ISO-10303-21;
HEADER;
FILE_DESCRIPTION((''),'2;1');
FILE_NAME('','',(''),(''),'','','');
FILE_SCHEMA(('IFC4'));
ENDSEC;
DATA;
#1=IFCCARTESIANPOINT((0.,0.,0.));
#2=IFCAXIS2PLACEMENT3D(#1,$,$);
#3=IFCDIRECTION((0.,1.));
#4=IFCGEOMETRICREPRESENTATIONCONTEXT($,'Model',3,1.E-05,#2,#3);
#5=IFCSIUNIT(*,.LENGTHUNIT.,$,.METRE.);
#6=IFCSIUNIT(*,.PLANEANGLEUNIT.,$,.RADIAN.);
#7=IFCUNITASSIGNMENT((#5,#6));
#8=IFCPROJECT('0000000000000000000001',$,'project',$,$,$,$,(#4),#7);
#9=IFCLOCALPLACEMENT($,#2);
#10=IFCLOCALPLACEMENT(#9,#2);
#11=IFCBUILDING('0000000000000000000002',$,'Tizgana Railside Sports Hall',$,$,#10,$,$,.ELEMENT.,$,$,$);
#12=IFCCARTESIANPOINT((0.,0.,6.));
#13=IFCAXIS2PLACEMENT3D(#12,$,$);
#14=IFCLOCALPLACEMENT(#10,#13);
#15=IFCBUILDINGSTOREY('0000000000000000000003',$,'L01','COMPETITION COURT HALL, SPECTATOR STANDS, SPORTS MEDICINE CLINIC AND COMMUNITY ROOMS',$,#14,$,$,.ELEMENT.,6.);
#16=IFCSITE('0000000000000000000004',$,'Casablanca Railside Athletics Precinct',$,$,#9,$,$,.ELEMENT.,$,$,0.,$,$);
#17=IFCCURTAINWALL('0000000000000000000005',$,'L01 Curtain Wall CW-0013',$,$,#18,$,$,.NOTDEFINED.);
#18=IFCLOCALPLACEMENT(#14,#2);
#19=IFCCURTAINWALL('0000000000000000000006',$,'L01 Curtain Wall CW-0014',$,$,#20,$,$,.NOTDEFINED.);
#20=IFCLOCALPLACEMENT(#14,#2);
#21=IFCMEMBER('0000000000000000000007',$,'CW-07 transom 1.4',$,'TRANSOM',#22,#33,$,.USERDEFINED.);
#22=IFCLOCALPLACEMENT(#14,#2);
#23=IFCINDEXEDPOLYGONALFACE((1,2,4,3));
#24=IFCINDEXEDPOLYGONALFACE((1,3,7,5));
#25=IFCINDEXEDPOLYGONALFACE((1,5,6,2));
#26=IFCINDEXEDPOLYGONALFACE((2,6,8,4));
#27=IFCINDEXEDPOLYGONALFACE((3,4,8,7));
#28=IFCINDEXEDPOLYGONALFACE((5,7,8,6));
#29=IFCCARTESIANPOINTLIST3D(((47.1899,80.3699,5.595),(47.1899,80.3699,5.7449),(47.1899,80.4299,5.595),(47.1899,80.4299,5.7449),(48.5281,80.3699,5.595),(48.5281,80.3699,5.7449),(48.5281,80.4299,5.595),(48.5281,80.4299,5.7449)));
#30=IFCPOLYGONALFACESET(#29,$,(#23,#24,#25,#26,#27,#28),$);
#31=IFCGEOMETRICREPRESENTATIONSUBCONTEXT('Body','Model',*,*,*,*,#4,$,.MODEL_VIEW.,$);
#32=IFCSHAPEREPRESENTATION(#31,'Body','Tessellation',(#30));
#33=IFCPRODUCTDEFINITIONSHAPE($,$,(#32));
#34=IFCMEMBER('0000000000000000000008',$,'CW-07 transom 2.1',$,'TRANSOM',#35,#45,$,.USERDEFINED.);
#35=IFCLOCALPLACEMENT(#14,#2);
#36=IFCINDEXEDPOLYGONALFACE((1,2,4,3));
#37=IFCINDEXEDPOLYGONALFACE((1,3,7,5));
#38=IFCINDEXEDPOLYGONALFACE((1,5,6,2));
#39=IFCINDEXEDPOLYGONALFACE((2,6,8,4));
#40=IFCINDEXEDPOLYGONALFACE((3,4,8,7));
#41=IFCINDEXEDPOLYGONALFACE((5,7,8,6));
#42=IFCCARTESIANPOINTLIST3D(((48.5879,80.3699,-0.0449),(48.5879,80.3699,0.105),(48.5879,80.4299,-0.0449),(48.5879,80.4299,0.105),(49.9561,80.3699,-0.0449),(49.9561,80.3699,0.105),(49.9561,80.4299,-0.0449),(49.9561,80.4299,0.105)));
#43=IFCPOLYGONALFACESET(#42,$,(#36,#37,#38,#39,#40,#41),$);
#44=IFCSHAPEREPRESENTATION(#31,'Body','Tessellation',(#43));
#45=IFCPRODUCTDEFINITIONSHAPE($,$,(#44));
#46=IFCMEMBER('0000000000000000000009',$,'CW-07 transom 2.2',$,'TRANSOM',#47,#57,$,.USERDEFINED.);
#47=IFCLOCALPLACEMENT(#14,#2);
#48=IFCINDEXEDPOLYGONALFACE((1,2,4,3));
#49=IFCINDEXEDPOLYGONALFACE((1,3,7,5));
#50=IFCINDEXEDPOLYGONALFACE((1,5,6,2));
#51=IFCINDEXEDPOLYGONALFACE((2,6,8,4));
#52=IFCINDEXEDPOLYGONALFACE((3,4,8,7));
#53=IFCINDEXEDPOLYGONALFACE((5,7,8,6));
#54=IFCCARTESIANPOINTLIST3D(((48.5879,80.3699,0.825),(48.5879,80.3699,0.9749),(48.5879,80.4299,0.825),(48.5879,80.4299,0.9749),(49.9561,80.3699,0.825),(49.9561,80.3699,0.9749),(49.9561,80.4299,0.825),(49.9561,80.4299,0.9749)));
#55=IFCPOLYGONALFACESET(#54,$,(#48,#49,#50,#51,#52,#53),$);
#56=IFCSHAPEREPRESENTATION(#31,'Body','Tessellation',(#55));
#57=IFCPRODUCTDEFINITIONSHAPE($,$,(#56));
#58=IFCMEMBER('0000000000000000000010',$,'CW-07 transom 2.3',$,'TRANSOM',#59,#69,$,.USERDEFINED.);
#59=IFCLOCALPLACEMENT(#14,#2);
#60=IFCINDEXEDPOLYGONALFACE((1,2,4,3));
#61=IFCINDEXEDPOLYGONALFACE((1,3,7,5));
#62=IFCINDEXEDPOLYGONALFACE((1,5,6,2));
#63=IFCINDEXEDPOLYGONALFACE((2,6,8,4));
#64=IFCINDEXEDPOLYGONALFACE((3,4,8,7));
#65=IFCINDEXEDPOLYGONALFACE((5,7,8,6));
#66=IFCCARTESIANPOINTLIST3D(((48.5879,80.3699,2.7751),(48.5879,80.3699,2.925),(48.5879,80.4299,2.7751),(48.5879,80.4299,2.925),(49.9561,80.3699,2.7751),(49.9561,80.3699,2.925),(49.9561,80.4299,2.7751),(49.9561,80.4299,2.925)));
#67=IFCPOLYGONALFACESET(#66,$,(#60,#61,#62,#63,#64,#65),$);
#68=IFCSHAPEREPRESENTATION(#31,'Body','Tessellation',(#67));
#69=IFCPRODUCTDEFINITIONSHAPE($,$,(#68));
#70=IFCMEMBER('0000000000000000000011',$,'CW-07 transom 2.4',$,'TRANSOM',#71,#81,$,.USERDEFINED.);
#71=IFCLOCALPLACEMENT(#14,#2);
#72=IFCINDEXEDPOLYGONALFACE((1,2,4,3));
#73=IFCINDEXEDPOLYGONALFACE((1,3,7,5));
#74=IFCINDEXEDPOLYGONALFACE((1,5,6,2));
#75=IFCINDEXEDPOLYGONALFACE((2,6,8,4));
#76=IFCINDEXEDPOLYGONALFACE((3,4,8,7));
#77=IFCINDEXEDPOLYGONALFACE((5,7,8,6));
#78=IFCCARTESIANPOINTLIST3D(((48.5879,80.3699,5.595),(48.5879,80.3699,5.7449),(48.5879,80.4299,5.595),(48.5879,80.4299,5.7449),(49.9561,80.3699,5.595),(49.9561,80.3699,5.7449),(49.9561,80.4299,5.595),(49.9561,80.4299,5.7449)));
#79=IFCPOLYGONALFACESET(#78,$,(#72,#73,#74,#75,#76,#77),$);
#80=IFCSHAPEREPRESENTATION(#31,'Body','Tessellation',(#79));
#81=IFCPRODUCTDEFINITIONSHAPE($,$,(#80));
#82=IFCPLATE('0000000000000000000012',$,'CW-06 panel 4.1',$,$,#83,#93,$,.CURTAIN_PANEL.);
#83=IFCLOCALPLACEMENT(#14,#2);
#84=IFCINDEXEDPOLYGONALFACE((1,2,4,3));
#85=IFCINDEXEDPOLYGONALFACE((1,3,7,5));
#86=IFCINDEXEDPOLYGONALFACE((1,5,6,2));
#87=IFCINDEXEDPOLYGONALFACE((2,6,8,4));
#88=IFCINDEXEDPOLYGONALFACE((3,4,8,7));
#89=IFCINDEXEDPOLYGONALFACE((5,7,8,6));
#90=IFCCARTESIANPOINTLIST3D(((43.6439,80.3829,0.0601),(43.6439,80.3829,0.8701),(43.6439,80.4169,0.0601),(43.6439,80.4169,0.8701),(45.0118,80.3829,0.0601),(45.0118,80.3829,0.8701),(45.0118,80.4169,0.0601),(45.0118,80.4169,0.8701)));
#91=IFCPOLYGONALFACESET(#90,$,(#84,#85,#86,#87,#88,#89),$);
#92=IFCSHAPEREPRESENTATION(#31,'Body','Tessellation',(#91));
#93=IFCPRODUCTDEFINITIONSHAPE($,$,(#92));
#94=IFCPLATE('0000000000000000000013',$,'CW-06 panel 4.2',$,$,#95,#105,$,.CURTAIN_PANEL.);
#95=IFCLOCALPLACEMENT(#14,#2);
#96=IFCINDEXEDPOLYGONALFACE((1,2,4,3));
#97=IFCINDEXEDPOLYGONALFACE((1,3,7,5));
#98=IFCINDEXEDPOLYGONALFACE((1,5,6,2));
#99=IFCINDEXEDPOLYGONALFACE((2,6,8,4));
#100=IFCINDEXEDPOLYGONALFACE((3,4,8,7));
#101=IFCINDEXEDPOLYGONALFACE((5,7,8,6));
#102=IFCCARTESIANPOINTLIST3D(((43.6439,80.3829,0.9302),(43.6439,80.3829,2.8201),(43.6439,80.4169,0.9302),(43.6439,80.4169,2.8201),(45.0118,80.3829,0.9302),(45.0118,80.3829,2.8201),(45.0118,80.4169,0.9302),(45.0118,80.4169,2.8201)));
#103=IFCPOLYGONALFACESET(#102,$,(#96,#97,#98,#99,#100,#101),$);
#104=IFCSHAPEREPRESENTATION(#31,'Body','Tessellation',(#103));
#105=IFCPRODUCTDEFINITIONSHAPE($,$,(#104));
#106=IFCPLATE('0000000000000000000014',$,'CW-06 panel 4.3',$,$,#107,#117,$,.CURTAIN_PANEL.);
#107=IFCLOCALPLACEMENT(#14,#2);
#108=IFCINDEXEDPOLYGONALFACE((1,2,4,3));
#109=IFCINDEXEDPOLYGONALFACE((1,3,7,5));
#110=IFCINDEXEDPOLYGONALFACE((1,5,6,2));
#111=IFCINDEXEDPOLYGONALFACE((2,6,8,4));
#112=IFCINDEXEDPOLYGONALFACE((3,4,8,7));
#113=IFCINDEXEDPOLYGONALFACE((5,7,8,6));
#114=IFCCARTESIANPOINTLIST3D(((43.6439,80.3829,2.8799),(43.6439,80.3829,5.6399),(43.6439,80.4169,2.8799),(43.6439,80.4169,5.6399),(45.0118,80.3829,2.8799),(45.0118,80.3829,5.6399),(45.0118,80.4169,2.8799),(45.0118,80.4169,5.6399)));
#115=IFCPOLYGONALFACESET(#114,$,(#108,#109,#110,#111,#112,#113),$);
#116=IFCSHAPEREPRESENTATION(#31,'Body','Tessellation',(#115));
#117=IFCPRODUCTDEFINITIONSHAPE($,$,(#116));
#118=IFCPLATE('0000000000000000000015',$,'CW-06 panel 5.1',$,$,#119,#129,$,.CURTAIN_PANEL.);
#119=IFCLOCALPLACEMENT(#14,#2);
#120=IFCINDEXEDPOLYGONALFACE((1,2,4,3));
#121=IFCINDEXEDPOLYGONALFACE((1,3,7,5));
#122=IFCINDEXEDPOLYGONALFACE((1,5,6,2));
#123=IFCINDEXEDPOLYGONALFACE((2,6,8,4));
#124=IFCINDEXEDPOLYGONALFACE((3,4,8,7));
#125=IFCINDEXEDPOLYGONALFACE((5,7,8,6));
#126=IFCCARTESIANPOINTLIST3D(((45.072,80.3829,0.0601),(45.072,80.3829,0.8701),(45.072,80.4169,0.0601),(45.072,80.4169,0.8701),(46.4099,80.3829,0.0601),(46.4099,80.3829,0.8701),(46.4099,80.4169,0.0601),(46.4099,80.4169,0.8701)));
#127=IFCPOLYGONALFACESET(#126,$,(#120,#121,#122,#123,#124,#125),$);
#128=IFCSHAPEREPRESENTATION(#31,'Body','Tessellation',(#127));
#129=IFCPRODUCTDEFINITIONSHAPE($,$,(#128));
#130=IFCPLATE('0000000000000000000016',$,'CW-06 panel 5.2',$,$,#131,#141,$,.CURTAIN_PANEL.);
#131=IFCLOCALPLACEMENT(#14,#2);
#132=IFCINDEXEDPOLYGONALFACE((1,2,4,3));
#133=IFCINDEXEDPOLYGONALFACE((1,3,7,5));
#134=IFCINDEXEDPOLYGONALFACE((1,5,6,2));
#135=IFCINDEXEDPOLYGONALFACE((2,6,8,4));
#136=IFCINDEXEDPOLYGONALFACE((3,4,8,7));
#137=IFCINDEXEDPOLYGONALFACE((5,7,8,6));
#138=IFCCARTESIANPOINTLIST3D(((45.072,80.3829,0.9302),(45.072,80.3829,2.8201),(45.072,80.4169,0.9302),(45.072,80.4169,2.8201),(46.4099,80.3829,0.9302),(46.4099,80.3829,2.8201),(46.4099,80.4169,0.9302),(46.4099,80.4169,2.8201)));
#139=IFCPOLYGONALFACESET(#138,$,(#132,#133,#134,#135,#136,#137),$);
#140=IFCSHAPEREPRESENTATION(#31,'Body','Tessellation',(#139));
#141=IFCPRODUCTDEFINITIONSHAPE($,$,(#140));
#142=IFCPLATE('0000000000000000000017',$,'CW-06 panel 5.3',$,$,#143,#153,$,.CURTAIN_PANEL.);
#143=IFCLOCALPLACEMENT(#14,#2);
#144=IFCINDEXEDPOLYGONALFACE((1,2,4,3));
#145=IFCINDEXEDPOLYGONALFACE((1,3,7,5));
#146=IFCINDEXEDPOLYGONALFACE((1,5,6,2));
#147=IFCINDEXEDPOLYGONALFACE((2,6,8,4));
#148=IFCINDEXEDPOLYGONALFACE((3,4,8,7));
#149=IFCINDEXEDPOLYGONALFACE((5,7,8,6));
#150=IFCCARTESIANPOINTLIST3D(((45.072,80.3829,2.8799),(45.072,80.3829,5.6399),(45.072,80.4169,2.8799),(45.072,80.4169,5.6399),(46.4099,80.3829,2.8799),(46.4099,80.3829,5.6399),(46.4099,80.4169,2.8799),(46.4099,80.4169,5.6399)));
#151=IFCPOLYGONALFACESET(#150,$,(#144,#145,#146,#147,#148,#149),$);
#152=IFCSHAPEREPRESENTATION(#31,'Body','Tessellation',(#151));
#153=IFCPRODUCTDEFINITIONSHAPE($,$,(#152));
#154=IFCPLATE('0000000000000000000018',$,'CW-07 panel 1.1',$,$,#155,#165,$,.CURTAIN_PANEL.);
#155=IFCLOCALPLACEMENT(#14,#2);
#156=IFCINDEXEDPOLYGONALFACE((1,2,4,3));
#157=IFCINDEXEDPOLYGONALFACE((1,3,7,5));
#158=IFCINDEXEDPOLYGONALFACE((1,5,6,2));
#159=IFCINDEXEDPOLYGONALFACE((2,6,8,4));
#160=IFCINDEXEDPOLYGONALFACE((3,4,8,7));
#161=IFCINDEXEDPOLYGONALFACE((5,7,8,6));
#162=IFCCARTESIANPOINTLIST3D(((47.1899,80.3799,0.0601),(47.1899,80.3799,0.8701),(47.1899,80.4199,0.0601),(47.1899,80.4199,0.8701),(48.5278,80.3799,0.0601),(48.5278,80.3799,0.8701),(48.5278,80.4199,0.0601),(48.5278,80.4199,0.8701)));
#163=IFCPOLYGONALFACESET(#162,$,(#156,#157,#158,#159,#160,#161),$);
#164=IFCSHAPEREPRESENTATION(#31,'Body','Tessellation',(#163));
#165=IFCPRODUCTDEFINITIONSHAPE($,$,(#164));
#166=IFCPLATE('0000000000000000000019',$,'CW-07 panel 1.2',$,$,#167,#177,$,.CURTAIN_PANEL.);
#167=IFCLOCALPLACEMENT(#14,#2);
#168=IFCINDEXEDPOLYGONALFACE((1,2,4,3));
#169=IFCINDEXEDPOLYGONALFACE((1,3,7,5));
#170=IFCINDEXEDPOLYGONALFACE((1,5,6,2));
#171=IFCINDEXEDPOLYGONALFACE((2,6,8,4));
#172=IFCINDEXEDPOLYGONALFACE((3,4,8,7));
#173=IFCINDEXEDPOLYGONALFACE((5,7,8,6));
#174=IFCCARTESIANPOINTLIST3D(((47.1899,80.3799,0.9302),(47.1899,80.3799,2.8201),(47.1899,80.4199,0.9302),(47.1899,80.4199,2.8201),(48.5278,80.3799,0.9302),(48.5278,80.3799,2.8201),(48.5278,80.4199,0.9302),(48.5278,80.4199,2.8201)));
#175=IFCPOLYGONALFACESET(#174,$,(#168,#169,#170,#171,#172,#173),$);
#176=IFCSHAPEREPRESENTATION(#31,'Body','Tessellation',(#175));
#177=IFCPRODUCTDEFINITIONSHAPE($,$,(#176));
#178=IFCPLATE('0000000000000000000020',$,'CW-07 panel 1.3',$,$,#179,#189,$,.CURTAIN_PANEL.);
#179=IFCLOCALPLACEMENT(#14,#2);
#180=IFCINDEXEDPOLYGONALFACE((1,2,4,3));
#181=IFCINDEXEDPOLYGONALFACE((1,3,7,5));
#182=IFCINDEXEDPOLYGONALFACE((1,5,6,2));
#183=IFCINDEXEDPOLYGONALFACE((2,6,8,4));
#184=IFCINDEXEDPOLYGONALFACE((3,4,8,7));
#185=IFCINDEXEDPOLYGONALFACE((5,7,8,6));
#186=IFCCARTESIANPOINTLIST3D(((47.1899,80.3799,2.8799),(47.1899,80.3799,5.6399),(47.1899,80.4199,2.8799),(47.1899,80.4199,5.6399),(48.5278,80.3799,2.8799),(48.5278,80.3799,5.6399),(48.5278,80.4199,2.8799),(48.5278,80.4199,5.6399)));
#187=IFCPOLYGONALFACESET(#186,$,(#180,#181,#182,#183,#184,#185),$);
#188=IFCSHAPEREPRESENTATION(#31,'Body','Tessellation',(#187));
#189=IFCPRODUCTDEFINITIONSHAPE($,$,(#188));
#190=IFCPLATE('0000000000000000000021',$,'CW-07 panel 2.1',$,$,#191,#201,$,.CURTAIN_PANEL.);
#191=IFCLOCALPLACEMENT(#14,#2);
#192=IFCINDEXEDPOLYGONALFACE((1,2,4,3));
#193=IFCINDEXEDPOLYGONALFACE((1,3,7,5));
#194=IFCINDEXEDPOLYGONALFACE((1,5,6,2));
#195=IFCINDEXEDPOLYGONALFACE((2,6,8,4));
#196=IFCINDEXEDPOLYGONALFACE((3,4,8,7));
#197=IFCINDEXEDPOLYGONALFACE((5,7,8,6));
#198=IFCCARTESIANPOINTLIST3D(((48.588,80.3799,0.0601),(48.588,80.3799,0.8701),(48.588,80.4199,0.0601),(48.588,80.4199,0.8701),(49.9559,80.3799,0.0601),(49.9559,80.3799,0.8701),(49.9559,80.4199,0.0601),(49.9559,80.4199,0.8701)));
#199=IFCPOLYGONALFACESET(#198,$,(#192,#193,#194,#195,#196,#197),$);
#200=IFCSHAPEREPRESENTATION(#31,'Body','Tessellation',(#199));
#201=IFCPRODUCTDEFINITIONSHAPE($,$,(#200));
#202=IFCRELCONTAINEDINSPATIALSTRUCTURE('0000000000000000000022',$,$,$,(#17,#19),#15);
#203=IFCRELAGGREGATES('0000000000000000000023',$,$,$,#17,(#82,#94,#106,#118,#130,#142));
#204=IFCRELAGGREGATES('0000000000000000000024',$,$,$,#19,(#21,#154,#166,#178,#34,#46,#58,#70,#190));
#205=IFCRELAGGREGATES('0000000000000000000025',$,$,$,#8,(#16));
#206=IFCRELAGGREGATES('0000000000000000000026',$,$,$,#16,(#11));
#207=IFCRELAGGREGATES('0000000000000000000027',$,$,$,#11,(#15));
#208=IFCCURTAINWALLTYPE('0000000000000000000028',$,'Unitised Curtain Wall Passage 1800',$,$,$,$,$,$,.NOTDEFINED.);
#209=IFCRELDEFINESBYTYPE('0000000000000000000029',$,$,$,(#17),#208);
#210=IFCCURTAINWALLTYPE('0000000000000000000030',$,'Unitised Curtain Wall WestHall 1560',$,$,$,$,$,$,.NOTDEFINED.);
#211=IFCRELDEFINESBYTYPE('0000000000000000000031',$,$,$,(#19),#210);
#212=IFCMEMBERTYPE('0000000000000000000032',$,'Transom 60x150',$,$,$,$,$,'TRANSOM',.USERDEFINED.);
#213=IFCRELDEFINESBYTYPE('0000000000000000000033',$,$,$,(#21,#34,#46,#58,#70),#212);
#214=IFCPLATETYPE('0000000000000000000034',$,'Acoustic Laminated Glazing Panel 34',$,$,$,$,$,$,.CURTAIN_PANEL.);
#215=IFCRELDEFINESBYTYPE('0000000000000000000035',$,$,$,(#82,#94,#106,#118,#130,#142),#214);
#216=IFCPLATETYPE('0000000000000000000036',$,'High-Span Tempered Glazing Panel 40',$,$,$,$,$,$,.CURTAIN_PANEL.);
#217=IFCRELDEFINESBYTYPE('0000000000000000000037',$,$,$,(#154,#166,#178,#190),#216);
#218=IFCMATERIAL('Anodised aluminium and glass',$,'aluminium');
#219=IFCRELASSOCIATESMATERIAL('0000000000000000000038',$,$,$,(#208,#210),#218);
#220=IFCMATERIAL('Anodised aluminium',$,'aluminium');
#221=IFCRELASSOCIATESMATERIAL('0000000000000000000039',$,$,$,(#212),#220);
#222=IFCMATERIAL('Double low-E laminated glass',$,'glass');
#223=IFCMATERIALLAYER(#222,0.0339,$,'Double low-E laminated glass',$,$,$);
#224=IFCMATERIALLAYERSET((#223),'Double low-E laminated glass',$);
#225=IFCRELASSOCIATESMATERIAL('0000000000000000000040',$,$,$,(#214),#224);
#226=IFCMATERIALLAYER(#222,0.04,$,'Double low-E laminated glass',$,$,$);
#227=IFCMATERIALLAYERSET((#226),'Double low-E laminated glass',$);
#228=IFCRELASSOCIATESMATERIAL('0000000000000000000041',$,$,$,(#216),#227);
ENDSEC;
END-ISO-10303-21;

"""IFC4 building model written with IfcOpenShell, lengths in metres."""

from ifc_helpers import new_model, si_unit, direction, frame, origin, origin_2d, place, context, subcontext, project, spatial, rectangle, extrude, material, layer, layer_set, material_profile, profile_set, type_object, element, aggregate, save


model = new_model("IFC4")

# Units and contexts
model_context = context("Model", 3, precision=1e-05, world=origin(), true_north=direction((0.0, 1.0)))
body_context = subcontext(model_context, "Body", "Model", "MODEL_VIEW")
ifc_project = project(units=[si_unit("LENGTHUNIT", "METRE"), si_unit("PLANEANGLEUNIT", "RADIAN")], contexts=[model_context])

# Site, building, storey
site_placement = place(None, origin())
site = spatial("IfcSite", under=ifc_project, at=site_placement, Name="Casablanca Railside Athletics Precinct", CompositionType="ELEMENT", RefElevation=0.0)
building_placement = place(site_placement, origin())
building = spatial("IfcBuilding", under=site, at=building_placement, Name="Tizgana Railside Sports Hall", CompositionType="ELEMENT")
storey_placement = place(building_placement, frame((0.0, 0.0, 6.0)))
storey = spatial("IfcBuildingStorey", under=building, at=storey_placement, Name="L01", Description="COMPETITION COURT HALL, SPECTATOR STANDS, SPORTS MEDICINE CLINIC AND COMMUNITY ROOMS", CompositionType="ELEMENT", Elevation=6.0)

# Curtain walls
ifc_material_1 = material(Name="Anodised aluminium and glass", Category="aluminium")
curtain_wall_type_1 = type_object("IfcCurtainWallType", Name="Unitised Curtain Wall Passage 1800", PredefinedType="NOTDEFINED", material=ifc_material_1)
curtain_wall_1_placement = place(storey_placement, origin())
curtain_wall_1 = element("IfcCurtainWall", 1, at=curtain_wall_1_placement, inside=storey, type_object=curtain_wall_type_1, Name="L01 Curtain Wall CW-0013", PredefinedType="NOTDEFINED")
ifc_material_2 = material(Name="Anodised aluminium", Category="aluminium")
curtain_wall_type_2 = type_object("IfcCurtainWallType", Name="Unitised Curtain Wall WestHall 1560", PredefinedType="NOTDEFINED", material=ifc_material_1)
curtain_wall_2_placement = place(storey_placement, origin())
curtain_wall_2 = element("IfcCurtainWall", 2, at=curtain_wall_2_placement, inside=storey, type_object=curtain_wall_type_2, Name="L01 Curtain Wall CW-0014", PredefinedType="NOTDEFINED")

# Members
ifc_material_profile_1 = material_profile(ifc_material_2, rectangle(XDim=0.0601, YDim=0.1499, at=origin_2d()), Name="Transom 60x150")
ifc_profile_set_1 = profile_set([ifc_material_profile_1], Name="Anodised aluminium")
member_type_1 = type_object("IfcMemberType", Name="Transom 60x150", ElementType="TRANSOM", PredefinedType="USERDEFINED", material=ifc_profile_set_1)
member_1_placement = place(storey_placement, frame((47.1899, 80.3999, 5.6699), z_axis=(1.0, 0.0, 0.0), x_axis=(0.0, 1.0, 0.0)))
member_1 = element("IfcMember", 3, at=member_1_placement, type_object=member_type_1, Name="CW-07 transom 1.4", ObjectType="TRANSOM", PredefinedType="USERDEFINED", context=body_context, shape_type="SweptSolid", body=[
    extrude(rectangle(XDim=0.0601, YDim=0.1499, at=origin_2d()), origin(), (0.0, 0.0, 1.0), 1.3381),
])
member_2_placement = place(storey_placement, frame((48.5879, 80.3999, 0.03), z_axis=(1.0, 0.0, 0.0), x_axis=(0.0, 1.0, 0.0)))
member_2 = element("IfcMember", 4, at=member_2_placement, type_object=member_type_1, Name="CW-07 transom 2.1", ObjectType="TRANSOM", PredefinedType="USERDEFINED", context=body_context, shape_type="SweptSolid", body=[
    extrude(rectangle(XDim=0.0601, YDim=0.1499, at=origin_2d()), origin(), (0.0, 0.0, 1.0), 1.3682),
])
member_3_placement = place(storey_placement, frame((48.5879, 80.3999, 0.8999), z_axis=(1.0, 0.0, 0.0), x_axis=(0.0, 1.0, 0.0)))
member_3 = element("IfcMember", 5, at=member_3_placement, type_object=member_type_1, Name="CW-07 transom 2.2", ObjectType="TRANSOM", PredefinedType="USERDEFINED", context=body_context, shape_type="SweptSolid", body=[
    extrude(rectangle(XDim=0.0601, YDim=0.1499, at=origin_2d()), origin(), (0.0, 0.0, 1.0), 1.3682),
])
member_4_placement = place(storey_placement, frame((48.5879, 80.3999, 2.8501), z_axis=(1.0, 0.0, 0.0), x_axis=(0.0, 1.0, 0.0)))
member_4 = element("IfcMember", 6, at=member_4_placement, type_object=member_type_1, Name="CW-07 transom 2.3", ObjectType="TRANSOM", PredefinedType="USERDEFINED", context=body_context, shape_type="SweptSolid", body=[
    extrude(rectangle(XDim=0.0601, YDim=0.1499, at=origin_2d()), origin(), (0.0, 0.0, 1.0), 1.3682),
])
member_5_placement = place(storey_placement, frame((48.5879, 80.3999, 5.6699), z_axis=(1.0, 0.0, 0.0), x_axis=(0.0, 1.0, 0.0)))
member_5 = element("IfcMember", 7, at=member_5_placement, type_object=member_type_1, Name="CW-07 transom 2.4", ObjectType="TRANSOM", PredefinedType="USERDEFINED", context=body_context, shape_type="SweptSolid", body=[
    extrude(rectangle(XDim=0.0601, YDim=0.1499, at=origin_2d()), origin(), (0.0, 0.0, 1.0), 1.3682),
])

# Plates
ifc_material_3 = material(Name="Double low-E laminated glass", Category="glass")
ifc_layer_1 = layer(ifc_material_3, 0.0339, Name="Double low-E laminated glass")
ifc_layer_set_1 = layer_set([ifc_layer_1], Name="Double low-E laminated glass")
plate_type_1 = type_object("IfcPlateType", Name="Acoustic Laminated Glazing Panel 34", PredefinedType="CURTAIN_PANEL", material=ifc_layer_set_1)
plate_1_placement = place(storey_placement, frame((44.3279, 80.3999, 0.0601), z_axis=(0.0, 0.0, 1.0), x_axis=(1.0, 0.0, 0.0)))
plate_1 = element("IfcPlate", 8, at=plate_1_placement, type_object=plate_type_1, Name="CW-06 panel 4.1", PredefinedType="CURTAIN_PANEL", context=body_context, shape_type="SweptSolid", body=[
    extrude(rectangle(XDim=1.3679, YDim=0.0339, at=origin_2d()), origin(), (0.0, 0.0, 1.0), 0.8101),
])
plate_2_placement = place(storey_placement, frame((44.3279, 80.3999, 0.9302), z_axis=(0.0, 0.0, 1.0), x_axis=(1.0, 0.0, 0.0)))
plate_2 = element("IfcPlate", 9, at=plate_2_placement, type_object=plate_type_1, Name="CW-06 panel 4.2", PredefinedType="CURTAIN_PANEL", context=body_context, shape_type="SweptSolid", body=[
    extrude(rectangle(XDim=1.3679, YDim=0.0339, at=origin_2d()), origin(), (0.0, 0.0, 1.0), 1.8899),
])
plate_3_placement = place(storey_placement, frame((44.3279, 80.3999, 2.8799), z_axis=(0.0, 0.0, 1.0), x_axis=(1.0, 0.0, 0.0)))
plate_3 = element("IfcPlate", 10, at=plate_3_placement, type_object=plate_type_1, Name="CW-06 panel 4.3", PredefinedType="CURTAIN_PANEL", context=body_context, shape_type="SweptSolid", body=[
    extrude(rectangle(XDim=1.3679, YDim=0.0339, at=origin_2d()), origin(), (0.0, 0.0, 1.0), 2.76),
])
plate_4_placement = place(storey_placement, frame((45.741, 80.3999, 0.0601), z_axis=(0.0, 0.0, 1.0), x_axis=(1.0, 0.0, 0.0)))
plate_4 = element("IfcPlate", 11, at=plate_4_placement, type_object=plate_type_1, Name="CW-06 panel 5.1", PredefinedType="CURTAIN_PANEL", context=body_context, shape_type="SweptSolid", body=[
    extrude(rectangle(XDim=1.3379, YDim=0.0339, at=origin_2d()), origin(), (0.0, 0.0, 1.0), 0.8101),
])
plate_5_placement = place(storey_placement, frame((45.741, 80.3999, 0.9302), z_axis=(0.0, 0.0, 1.0), x_axis=(1.0, 0.0, 0.0)))
plate_5 = element("IfcPlate", 12, at=plate_5_placement, type_object=plate_type_1, Name="CW-06 panel 5.2", PredefinedType="CURTAIN_PANEL", context=body_context, shape_type="SweptSolid", body=[
    extrude(rectangle(XDim=1.3379, YDim=0.0339, at=origin_2d()), origin(), (0.0, 0.0, 1.0), 1.8899),
])
plate_6_placement = place(storey_placement, frame((45.741, 80.3999, 2.8799), z_axis=(0.0, 0.0, 1.0), x_axis=(1.0, 0.0, 0.0)))
plate_6 = element("IfcPlate", 13, at=plate_6_placement, type_object=plate_type_1, Name="CW-06 panel 5.3", PredefinedType="CURTAIN_PANEL", context=body_context, shape_type="SweptSolid", body=[
    extrude(rectangle(XDim=1.3379, YDim=0.0339, at=origin_2d()), origin(), (0.0, 0.0, 1.0), 2.76),
])
aggregate(curtain_wall_1, [plate_1, plate_2, plate_3, plate_4, plate_5, plate_6])
ifc_layer_2 = layer(ifc_material_3, 0.04, Name="Double low-E laminated glass")
ifc_layer_set_2 = layer_set([ifc_layer_2], Name="Double low-E laminated glass")
plate_type_2 = type_object("IfcPlateType", Name="High-Span Tempered Glazing Panel 40", PredefinedType="CURTAIN_PANEL", material=ifc_layer_set_2)
plate_7_placement = place(storey_placement, frame((47.8589, 80.3999, 0.0601), z_axis=(0.0, 0.0, 1.0), x_axis=(1.0, 0.0, 0.0)))
plate_7 = element("IfcPlate", 14, at=plate_7_placement, type_object=plate_type_2, Name="CW-07 panel 1.1", PredefinedType="CURTAIN_PANEL", context=body_context, shape_type="SweptSolid", body=[
    extrude(rectangle(XDim=1.3379, YDim=0.04, at=origin_2d()), origin(), (0.0, 0.0, 1.0), 0.8101),
])
plate_8_placement = place(storey_placement, frame((47.8589, 80.3999, 0.9302), z_axis=(0.0, 0.0, 1.0), x_axis=(1.0, 0.0, 0.0)))
plate_8 = element("IfcPlate", 15, at=plate_8_placement, type_object=plate_type_2, Name="CW-07 panel 1.2", PredefinedType="CURTAIN_PANEL", context=body_context, shape_type="SweptSolid", body=[
    extrude(rectangle(XDim=1.3379, YDim=0.04, at=origin_2d()), origin(), (0.0, 0.0, 1.0), 1.8899),
])
plate_9_placement = place(storey_placement, frame((47.8589, 80.3999, 2.8799), z_axis=(0.0, 0.0, 1.0), x_axis=(1.0, 0.0, 0.0)))
plate_9 = element("IfcPlate", 16, at=plate_9_placement, type_object=plate_type_2, Name="CW-07 panel 1.3", PredefinedType="CURTAIN_PANEL", context=body_context, shape_type="SweptSolid", body=[
    extrude(rectangle(XDim=1.3379, YDim=0.04, at=origin_2d()), origin(), (0.0, 0.0, 1.0), 2.76),
])
plate_10_placement = place(storey_placement, frame((49.272, 80.3999, 0.0601), z_axis=(0.0, 0.0, 1.0), x_axis=(1.0, 0.0, 0.0)))
plate_10 = element("IfcPlate", 17, at=plate_10_placement, type_object=plate_type_2, Name="CW-07 panel 2.1", PredefinedType="CURTAIN_PANEL", context=body_context, shape_type="SweptSolid", body=[
    extrude(rectangle(XDim=1.3679, YDim=0.04, at=origin_2d()), origin(), (0.0, 0.0, 1.0), 0.8101),
])
aggregate(curtain_wall_2, [member_1, plate_7, plate_8, plate_9, member_2, member_3, member_4, member_5, plate_10])

save(model, "model.ifc")
